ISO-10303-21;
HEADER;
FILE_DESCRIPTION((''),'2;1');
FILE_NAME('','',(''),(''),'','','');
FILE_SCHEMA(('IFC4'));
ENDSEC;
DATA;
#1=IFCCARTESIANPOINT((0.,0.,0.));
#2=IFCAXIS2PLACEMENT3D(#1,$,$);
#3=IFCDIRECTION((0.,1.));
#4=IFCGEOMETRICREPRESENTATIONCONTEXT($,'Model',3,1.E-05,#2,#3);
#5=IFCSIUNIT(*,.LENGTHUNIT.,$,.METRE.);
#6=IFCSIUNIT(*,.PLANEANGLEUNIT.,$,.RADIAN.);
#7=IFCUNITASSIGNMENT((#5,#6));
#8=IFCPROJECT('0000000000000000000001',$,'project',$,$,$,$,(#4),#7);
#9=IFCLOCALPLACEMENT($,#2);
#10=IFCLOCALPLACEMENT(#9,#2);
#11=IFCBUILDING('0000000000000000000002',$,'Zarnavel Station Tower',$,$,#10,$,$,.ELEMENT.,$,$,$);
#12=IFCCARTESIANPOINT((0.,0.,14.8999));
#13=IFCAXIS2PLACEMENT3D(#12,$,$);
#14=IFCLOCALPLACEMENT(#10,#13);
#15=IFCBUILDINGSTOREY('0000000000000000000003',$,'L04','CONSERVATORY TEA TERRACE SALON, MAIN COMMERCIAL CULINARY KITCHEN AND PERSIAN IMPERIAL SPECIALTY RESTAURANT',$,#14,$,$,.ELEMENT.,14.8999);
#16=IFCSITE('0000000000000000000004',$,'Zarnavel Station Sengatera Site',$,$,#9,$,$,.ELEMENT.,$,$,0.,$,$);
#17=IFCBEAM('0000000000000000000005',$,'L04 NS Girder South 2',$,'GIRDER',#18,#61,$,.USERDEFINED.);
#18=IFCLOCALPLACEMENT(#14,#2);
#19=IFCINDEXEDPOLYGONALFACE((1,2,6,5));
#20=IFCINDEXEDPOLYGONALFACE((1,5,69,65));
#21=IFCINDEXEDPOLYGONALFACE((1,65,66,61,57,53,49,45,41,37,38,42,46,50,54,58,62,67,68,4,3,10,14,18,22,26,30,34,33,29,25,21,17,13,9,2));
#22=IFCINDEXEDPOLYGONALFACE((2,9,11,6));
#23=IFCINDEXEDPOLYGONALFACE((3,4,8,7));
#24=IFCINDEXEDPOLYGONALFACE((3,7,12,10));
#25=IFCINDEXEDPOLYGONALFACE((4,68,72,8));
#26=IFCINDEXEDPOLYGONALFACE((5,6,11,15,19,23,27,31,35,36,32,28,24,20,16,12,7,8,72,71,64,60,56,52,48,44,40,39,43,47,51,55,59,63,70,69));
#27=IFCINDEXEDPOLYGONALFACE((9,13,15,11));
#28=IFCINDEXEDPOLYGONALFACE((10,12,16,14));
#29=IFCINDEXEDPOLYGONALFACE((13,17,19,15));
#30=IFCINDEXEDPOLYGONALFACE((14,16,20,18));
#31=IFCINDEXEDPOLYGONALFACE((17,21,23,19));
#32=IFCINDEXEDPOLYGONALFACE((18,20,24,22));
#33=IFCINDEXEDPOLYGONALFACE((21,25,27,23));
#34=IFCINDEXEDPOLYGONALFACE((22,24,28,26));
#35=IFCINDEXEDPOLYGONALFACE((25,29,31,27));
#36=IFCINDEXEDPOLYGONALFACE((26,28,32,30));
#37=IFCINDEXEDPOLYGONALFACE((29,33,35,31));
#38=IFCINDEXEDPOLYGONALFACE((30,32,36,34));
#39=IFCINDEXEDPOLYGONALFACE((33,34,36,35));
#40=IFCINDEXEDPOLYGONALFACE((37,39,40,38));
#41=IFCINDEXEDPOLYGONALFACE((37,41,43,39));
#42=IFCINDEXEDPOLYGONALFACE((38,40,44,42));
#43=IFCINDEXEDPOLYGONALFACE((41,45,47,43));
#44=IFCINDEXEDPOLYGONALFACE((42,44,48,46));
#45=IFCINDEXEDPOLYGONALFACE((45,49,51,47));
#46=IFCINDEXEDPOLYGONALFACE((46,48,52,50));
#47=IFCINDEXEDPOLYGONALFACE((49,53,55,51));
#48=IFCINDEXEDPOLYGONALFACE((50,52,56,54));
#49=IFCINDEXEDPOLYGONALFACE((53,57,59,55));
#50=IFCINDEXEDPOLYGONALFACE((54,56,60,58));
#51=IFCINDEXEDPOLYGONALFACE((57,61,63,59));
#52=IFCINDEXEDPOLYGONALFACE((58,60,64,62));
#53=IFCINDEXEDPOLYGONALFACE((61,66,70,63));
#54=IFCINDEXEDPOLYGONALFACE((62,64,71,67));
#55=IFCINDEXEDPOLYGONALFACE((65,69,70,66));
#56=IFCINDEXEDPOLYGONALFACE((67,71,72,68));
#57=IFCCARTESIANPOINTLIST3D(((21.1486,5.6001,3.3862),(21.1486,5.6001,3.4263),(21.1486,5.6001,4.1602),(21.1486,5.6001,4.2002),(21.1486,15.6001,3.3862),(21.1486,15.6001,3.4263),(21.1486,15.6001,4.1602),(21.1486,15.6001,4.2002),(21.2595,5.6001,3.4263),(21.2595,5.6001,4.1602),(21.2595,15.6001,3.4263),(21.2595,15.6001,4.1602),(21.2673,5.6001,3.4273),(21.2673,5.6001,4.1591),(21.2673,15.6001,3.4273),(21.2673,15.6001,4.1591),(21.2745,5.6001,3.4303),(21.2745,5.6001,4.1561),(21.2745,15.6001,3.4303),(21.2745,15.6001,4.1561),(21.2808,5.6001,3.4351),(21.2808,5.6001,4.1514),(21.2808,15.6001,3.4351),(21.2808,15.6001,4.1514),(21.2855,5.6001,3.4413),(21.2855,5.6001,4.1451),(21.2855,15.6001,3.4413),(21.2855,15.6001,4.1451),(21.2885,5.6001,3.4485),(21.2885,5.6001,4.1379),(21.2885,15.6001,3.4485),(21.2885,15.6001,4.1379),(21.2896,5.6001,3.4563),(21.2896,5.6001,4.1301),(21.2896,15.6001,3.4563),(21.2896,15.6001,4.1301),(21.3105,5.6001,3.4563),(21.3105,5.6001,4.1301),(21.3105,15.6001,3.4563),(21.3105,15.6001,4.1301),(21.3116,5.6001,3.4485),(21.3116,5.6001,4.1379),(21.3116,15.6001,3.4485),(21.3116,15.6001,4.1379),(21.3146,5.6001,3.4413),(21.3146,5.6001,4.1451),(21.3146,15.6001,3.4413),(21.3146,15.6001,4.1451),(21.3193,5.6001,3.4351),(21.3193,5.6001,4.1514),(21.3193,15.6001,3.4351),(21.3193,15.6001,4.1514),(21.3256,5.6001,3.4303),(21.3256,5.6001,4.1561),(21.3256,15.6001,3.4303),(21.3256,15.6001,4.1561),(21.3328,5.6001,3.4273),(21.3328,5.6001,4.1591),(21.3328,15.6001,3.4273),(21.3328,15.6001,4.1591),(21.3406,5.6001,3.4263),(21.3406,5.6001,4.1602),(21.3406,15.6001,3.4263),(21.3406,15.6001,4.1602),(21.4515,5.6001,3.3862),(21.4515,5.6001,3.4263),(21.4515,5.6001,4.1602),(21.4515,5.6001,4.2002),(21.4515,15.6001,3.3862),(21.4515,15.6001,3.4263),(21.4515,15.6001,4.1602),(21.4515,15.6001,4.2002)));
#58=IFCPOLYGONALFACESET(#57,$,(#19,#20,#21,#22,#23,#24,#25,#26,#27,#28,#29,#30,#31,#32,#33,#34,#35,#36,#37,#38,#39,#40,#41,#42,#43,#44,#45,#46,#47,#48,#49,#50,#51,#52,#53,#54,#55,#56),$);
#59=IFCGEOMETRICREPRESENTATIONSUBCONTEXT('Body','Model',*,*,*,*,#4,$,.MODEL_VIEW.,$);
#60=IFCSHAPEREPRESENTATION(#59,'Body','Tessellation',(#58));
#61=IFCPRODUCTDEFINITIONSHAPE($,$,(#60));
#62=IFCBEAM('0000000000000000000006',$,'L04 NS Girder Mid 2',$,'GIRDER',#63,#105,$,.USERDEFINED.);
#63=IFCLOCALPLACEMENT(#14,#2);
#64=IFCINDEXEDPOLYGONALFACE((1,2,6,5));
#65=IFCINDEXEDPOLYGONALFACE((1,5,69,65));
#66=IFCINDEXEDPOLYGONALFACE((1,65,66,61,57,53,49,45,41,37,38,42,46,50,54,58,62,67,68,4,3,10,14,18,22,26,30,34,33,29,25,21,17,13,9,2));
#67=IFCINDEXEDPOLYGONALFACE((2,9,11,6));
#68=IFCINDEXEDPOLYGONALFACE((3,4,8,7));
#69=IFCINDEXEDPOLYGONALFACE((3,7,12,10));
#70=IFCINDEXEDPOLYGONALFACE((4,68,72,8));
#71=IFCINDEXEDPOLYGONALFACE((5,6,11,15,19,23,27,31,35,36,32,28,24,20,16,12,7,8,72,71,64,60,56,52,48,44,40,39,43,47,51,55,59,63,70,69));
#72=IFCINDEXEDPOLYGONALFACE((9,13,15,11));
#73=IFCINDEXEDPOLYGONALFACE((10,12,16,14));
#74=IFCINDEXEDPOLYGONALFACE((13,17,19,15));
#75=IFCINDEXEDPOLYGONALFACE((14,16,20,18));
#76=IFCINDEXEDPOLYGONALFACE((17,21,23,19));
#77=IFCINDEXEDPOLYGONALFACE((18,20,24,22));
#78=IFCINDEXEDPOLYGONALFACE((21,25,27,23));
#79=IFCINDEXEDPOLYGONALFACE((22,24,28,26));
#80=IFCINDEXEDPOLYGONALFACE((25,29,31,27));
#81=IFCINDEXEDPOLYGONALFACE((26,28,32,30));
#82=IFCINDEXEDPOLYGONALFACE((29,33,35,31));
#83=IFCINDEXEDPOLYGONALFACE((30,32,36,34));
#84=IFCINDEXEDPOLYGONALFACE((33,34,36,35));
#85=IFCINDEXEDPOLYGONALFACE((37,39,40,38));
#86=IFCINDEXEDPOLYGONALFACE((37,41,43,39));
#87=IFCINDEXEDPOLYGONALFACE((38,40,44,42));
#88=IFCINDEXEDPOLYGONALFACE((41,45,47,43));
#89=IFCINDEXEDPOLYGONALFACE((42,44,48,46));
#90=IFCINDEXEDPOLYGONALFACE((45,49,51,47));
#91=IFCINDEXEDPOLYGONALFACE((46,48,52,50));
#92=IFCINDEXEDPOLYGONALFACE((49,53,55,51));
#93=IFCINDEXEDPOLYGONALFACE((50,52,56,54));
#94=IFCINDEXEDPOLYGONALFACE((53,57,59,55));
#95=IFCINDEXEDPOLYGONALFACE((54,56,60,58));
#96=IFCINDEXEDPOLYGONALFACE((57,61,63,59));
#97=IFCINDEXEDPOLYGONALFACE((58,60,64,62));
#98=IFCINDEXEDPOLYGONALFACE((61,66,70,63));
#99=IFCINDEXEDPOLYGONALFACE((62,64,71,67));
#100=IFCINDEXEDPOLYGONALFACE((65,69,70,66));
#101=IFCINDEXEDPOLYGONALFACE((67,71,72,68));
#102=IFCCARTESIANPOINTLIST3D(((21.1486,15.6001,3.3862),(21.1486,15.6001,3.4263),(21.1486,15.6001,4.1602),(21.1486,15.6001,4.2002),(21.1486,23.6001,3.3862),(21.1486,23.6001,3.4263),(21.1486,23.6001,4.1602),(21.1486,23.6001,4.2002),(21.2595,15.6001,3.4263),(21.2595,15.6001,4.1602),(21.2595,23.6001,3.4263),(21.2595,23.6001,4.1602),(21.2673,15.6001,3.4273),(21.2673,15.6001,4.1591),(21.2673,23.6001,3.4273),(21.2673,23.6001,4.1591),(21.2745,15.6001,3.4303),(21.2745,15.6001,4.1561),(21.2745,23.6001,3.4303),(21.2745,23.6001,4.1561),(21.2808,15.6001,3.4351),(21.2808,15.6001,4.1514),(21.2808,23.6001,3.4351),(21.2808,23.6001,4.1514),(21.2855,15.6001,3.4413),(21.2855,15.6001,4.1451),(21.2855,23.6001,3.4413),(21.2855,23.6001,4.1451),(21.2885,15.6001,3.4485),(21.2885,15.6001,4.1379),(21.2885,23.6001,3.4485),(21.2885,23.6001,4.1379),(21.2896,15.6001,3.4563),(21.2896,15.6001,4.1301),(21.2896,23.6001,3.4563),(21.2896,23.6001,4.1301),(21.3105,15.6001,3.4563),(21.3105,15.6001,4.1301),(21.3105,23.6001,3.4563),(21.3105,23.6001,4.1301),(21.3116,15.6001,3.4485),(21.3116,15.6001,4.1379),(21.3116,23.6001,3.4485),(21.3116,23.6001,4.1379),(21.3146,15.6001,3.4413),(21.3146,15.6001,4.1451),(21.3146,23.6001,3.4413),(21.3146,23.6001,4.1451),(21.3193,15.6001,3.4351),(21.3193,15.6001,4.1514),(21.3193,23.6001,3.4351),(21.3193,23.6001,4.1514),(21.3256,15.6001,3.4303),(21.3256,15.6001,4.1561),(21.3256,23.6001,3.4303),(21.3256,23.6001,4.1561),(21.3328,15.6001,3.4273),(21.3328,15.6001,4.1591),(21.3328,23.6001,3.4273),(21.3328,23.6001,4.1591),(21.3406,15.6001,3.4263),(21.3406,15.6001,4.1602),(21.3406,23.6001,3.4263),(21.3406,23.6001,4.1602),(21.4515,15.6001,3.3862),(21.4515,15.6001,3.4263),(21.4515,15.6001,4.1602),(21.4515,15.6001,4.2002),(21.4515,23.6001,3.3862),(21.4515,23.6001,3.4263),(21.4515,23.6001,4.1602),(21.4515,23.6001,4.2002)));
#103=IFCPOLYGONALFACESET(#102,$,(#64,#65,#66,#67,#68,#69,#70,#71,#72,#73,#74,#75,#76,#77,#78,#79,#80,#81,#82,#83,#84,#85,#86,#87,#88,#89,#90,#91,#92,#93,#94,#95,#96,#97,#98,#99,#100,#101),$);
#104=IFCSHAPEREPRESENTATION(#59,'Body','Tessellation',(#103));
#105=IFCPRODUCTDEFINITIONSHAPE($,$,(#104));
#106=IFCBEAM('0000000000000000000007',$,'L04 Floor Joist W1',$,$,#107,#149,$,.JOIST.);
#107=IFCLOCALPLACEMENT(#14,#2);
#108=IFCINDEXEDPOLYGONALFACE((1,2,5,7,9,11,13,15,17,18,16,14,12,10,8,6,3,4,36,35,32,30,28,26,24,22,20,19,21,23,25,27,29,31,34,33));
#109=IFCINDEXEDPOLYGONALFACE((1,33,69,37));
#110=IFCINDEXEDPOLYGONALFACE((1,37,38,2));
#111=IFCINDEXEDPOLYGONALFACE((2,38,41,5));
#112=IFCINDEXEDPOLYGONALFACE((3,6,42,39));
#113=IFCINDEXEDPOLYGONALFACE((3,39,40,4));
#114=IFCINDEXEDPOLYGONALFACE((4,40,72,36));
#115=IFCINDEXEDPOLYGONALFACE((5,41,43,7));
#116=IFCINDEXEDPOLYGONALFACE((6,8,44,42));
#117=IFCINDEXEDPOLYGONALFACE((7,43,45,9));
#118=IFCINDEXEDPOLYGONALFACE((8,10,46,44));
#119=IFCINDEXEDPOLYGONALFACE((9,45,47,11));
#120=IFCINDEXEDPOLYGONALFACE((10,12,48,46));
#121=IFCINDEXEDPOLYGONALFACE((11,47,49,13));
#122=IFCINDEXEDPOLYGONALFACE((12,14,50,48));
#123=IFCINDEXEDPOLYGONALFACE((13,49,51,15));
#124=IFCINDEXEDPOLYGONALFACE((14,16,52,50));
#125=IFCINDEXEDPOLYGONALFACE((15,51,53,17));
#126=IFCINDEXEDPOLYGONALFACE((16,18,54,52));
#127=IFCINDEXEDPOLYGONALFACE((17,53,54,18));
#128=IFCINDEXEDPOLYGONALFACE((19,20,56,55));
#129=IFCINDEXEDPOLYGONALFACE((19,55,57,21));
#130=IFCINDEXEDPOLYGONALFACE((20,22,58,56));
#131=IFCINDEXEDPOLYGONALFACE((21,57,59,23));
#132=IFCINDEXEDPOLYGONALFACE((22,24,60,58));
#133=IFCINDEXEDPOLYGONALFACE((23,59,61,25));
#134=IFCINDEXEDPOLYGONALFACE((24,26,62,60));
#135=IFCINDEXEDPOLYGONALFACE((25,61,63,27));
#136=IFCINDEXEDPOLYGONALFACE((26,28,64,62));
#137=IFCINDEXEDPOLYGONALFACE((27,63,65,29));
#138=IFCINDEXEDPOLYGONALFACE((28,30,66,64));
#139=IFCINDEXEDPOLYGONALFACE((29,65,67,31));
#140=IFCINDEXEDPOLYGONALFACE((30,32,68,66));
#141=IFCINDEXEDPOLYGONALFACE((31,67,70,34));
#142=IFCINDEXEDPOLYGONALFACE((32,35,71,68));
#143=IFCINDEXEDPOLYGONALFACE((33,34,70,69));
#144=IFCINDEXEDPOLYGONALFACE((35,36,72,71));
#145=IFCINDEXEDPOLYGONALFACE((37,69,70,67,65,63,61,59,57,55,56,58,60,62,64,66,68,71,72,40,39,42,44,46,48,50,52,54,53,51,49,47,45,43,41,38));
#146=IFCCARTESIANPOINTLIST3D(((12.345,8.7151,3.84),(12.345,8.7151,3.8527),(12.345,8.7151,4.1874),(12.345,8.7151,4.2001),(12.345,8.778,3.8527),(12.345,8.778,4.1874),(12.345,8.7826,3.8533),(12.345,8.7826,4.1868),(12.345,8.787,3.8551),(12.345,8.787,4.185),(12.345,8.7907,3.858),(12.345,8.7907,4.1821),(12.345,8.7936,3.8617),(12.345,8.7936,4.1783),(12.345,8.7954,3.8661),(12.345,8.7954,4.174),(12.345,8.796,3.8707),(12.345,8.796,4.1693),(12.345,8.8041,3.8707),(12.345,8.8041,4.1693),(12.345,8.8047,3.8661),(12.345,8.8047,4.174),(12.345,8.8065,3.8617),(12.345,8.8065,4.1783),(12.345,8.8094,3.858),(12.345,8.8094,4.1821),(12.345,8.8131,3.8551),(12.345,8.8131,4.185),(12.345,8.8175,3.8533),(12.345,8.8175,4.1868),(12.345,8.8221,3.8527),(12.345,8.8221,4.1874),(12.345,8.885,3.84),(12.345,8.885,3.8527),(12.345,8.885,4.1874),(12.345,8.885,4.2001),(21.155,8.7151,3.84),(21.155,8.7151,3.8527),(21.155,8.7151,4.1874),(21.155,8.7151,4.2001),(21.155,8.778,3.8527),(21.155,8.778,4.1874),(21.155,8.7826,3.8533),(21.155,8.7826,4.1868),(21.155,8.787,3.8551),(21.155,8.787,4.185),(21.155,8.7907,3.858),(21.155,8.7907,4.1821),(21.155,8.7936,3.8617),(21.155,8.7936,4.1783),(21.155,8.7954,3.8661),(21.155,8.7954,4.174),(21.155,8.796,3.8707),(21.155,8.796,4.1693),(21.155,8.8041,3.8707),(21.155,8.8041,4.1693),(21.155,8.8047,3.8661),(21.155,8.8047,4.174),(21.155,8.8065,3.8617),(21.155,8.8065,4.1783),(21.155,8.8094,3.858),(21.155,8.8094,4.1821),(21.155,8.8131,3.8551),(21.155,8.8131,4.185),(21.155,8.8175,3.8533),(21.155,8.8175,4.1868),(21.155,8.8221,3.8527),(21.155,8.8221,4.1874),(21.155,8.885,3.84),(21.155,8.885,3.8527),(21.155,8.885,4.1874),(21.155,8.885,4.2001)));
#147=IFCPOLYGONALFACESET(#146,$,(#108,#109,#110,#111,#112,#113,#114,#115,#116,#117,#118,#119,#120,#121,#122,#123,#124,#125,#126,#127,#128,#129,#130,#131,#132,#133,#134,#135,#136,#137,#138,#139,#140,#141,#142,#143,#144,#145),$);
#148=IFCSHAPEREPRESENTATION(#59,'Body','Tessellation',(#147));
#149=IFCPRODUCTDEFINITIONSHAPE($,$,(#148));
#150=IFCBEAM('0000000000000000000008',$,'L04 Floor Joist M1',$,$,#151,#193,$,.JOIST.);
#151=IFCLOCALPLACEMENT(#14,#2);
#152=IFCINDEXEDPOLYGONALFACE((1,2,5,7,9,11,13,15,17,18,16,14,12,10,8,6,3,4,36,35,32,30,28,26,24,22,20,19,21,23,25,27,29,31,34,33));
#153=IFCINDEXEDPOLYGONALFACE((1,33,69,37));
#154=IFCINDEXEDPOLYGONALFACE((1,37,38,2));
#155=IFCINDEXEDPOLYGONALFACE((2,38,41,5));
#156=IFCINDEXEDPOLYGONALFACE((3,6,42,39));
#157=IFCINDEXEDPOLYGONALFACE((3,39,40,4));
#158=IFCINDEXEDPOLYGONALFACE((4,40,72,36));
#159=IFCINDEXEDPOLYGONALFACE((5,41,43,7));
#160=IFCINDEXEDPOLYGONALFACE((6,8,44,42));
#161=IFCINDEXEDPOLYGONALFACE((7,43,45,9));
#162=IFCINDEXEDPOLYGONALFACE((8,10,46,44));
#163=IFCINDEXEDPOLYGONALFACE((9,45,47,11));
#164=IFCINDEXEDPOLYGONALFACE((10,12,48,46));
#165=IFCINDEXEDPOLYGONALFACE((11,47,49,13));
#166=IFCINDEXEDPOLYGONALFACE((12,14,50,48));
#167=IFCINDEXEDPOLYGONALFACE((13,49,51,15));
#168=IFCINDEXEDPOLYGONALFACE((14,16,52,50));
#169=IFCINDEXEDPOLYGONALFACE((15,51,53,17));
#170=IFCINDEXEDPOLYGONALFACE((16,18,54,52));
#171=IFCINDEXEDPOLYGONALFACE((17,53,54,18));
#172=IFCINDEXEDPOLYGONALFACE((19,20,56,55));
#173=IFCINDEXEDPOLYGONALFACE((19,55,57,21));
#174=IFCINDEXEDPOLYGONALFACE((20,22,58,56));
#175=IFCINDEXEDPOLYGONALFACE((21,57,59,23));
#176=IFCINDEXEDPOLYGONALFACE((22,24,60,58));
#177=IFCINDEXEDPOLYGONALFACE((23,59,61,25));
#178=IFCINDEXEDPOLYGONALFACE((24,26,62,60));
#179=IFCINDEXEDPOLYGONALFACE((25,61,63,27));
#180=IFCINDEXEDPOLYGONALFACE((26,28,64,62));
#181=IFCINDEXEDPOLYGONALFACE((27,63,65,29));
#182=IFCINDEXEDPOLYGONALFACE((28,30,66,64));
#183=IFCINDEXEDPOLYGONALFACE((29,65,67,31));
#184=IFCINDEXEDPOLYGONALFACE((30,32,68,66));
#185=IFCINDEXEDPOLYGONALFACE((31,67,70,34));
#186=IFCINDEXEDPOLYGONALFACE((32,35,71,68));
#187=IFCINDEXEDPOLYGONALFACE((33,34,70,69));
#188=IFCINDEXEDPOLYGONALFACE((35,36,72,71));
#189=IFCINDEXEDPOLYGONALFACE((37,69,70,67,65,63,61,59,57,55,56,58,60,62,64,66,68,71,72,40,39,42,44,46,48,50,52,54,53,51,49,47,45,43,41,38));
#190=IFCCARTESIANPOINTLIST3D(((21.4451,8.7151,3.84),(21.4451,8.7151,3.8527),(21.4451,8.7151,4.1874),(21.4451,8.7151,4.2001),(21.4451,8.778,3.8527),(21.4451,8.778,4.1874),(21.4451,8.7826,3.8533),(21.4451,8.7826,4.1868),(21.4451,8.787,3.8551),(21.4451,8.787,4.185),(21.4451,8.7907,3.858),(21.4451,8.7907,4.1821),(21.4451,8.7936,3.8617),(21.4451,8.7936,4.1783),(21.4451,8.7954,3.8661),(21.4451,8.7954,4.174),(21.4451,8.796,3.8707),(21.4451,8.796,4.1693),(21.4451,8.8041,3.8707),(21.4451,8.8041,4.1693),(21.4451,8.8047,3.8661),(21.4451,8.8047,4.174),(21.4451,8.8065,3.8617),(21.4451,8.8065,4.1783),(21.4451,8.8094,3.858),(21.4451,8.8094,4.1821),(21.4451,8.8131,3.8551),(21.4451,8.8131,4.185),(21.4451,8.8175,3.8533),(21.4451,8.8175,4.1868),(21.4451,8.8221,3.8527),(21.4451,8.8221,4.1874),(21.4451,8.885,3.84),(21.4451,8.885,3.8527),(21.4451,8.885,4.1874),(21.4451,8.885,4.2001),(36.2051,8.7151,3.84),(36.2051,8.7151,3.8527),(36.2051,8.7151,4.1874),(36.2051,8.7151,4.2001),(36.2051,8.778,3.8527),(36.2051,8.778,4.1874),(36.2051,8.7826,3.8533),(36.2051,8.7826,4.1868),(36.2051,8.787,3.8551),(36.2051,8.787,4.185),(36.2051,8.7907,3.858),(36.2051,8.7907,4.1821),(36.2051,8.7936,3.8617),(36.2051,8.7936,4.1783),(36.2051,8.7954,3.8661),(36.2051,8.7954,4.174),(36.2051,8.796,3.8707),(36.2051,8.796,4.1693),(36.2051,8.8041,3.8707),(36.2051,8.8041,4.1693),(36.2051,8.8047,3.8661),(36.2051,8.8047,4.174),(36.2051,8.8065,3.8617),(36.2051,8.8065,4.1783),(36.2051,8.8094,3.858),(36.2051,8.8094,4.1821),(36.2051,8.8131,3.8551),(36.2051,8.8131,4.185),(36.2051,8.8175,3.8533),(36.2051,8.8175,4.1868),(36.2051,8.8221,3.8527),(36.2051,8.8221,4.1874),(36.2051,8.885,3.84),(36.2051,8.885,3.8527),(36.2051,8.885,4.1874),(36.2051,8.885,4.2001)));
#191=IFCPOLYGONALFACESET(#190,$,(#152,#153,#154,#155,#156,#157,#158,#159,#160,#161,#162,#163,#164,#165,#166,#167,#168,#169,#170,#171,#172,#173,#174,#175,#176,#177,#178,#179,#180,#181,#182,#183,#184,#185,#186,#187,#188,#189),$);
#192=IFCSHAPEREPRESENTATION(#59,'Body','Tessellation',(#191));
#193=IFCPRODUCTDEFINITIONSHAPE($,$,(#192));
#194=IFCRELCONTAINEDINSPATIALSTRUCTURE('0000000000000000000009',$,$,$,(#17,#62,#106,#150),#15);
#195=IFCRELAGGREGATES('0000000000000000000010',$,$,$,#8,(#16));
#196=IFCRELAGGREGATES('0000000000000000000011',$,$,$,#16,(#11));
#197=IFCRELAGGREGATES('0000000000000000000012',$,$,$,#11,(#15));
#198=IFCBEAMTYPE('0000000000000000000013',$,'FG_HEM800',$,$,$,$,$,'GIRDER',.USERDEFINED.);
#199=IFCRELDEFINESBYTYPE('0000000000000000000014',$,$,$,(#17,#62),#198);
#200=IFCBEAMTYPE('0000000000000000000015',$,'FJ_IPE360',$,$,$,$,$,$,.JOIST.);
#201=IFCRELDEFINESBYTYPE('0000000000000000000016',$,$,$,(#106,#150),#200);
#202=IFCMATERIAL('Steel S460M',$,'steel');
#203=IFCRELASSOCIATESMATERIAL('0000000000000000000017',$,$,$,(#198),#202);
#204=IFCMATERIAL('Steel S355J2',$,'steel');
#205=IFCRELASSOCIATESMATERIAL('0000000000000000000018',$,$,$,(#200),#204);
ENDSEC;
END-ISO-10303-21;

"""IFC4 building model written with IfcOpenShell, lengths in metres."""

from ifc_helpers import new_model, si_unit, direction, frame, origin, origin_2d, place, context, subcontext, project, spatial, i_section, extrude, material, material_profile, profile_set, type_object, element, save


model = new_model("IFC4")

# Units and contexts
model_context = context("Model", 3, precision=1e-05, world=origin(), true_north=direction((0.0, 1.0)))
body_context = subcontext(model_context, "Body", "Model", "MODEL_VIEW")
ifc_project = project(units=[si_unit("LENGTHUNIT", "METRE"), si_unit("PLANEANGLEUNIT", "RADIAN")], contexts=[model_context])

# Site, building, storey
site_placement = place(None, origin())
site = spatial("IfcSite", under=ifc_project, at=site_placement, Name="Zarnavel Station Sengatera Site", CompositionType="ELEMENT", RefElevation=0.0)
building_placement = place(site_placement, origin())
building = spatial("IfcBuilding", under=site, at=building_placement, Name="Zarnavel Station Tower", CompositionType="ELEMENT")
storey_placement = place(building_placement, frame((0.0, 0.0, 14.8999)))
storey = spatial("IfcBuildingStorey", under=building, at=storey_placement, Name="L04", Description="CONSERVATORY TEA TERRACE SALON, MAIN COMMERCIAL CULINARY KITCHEN AND PERSIAN IMPERIAL SPECIALTY RESTAURANT", CompositionType="ELEMENT", Elevation=14.8999)

# Beams
ifc_material_1 = material(Name="Steel S460M", Category="steel")
ifc_material_profile_1 = material_profile(ifc_material_1, i_section(OverallWidth=0.303, OverallDepth=0.814, WebThickness=0.021, FlangeThickness=0.04, FilletRadius=0.03, at=origin_2d()), Name="HEM800")
ifc_profile_set_1 = profile_set([ifc_material_profile_1], Name="Steel S460M")
beam_type_1 = type_object("IfcBeamType", Name="FG_HEM800", ElementType="GIRDER", PredefinedType="USERDEFINED", material=ifc_profile_set_1)
beam_1_placement = place(storey_placement, frame((21.3, 5.6001, 3.7932), z_axis=(0.0, 1.0, 0.0), x_axis=(-1.0, 0.0, 0.0)))
element("IfcBeam", 1, at=beam_1_placement, inside=storey, type_object=beam_type_1, Name="L04 NS Girder South 2", ObjectType="GIRDER", PredefinedType="USERDEFINED", context=body_context, shape_type="SweptSolid", body=[
    extrude(i_section(OverallWidth=0.303, OverallDepth=0.814, WebThickness=0.021, FlangeThickness=0.04, FilletRadius=0.03, at=origin_2d()), origin(), (0.0, 0.0, 1.0), 10.0),
])
beam_2_placement = place(storey_placement, frame((21.3, 15.6001, 3.7932), z_axis=(0.0, 1.0, 0.0), x_axis=(-1.0, 0.0, 0.0)))
element("IfcBeam", 2, at=beam_2_placement, inside=storey, type_object=beam_type_1, Name="L04 NS Girder Mid 2", ObjectType="GIRDER", PredefinedType="USERDEFINED", context=body_context, shape_type="SweptSolid", body=[
    extrude(i_section(OverallWidth=0.303, OverallDepth=0.814, WebThickness=0.021, FlangeThickness=0.04, FilletRadius=0.03, at=origin_2d()), origin(), (0.0, 0.0, 1.0), 8.0),
])
ifc_material_2 = material(Name="Steel S355J2", Category="steel")
ifc_material_profile_2 = material_profile(ifc_material_2, i_section(OverallWidth=0.1699, OverallDepth=0.3601, WebThickness=0.0081, FlangeThickness=0.0127, FilletRadius=0.0181, at=origin_2d()), Name="IPE360")
ifc_profile_set_2 = profile_set([ifc_material_profile_2], Name="Steel S355J2")
beam_type_2 = type_object("IfcBeamType", Name="FJ_IPE360", PredefinedType="JOIST", material=ifc_profile_set_2)
beam_3_placement = place(storey_placement, frame((12.345, 8.8, 4.02), z_axis=(1.0, 0.0, 0.0), x_axis=(0.0, 1.0, 0.0)))
element("IfcBeam", 3, at=beam_3_placement, inside=storey, type_object=beam_type_2, Name="L04 Floor Joist W1", PredefinedType="JOIST", context=body_context, shape_type="SweptSolid", body=[
    extrude(i_section(OverallWidth=0.1699, OverallDepth=0.3601, WebThickness=0.0081, FlangeThickness=0.0127, FilletRadius=0.0181, at=origin_2d()), origin(), (0.0, 0.0, 1.0), 8.8101),
])
beam_4_placement = place(storey_placement, frame((21.4451, 8.8, 4.02), z_axis=(1.0, 0.0, 0.0), x_axis=(0.0, 1.0, 0.0)))
element("IfcBeam", 4, at=beam_4_placement, inside=storey, type_object=beam_type_2, Name="L04 Floor Joist M1", PredefinedType="JOIST", context=body_context, shape_type="SweptSolid", body=[
    extrude(i_section(OverallWidth=0.1699, OverallDepth=0.3601, WebThickness=0.0081, FlangeThickness=0.0127, FilletRadius=0.0181, at=origin_2d()), origin(), (0.0, 0.0, 1.0), 14.76),
])

save(model, "model.ifc")
